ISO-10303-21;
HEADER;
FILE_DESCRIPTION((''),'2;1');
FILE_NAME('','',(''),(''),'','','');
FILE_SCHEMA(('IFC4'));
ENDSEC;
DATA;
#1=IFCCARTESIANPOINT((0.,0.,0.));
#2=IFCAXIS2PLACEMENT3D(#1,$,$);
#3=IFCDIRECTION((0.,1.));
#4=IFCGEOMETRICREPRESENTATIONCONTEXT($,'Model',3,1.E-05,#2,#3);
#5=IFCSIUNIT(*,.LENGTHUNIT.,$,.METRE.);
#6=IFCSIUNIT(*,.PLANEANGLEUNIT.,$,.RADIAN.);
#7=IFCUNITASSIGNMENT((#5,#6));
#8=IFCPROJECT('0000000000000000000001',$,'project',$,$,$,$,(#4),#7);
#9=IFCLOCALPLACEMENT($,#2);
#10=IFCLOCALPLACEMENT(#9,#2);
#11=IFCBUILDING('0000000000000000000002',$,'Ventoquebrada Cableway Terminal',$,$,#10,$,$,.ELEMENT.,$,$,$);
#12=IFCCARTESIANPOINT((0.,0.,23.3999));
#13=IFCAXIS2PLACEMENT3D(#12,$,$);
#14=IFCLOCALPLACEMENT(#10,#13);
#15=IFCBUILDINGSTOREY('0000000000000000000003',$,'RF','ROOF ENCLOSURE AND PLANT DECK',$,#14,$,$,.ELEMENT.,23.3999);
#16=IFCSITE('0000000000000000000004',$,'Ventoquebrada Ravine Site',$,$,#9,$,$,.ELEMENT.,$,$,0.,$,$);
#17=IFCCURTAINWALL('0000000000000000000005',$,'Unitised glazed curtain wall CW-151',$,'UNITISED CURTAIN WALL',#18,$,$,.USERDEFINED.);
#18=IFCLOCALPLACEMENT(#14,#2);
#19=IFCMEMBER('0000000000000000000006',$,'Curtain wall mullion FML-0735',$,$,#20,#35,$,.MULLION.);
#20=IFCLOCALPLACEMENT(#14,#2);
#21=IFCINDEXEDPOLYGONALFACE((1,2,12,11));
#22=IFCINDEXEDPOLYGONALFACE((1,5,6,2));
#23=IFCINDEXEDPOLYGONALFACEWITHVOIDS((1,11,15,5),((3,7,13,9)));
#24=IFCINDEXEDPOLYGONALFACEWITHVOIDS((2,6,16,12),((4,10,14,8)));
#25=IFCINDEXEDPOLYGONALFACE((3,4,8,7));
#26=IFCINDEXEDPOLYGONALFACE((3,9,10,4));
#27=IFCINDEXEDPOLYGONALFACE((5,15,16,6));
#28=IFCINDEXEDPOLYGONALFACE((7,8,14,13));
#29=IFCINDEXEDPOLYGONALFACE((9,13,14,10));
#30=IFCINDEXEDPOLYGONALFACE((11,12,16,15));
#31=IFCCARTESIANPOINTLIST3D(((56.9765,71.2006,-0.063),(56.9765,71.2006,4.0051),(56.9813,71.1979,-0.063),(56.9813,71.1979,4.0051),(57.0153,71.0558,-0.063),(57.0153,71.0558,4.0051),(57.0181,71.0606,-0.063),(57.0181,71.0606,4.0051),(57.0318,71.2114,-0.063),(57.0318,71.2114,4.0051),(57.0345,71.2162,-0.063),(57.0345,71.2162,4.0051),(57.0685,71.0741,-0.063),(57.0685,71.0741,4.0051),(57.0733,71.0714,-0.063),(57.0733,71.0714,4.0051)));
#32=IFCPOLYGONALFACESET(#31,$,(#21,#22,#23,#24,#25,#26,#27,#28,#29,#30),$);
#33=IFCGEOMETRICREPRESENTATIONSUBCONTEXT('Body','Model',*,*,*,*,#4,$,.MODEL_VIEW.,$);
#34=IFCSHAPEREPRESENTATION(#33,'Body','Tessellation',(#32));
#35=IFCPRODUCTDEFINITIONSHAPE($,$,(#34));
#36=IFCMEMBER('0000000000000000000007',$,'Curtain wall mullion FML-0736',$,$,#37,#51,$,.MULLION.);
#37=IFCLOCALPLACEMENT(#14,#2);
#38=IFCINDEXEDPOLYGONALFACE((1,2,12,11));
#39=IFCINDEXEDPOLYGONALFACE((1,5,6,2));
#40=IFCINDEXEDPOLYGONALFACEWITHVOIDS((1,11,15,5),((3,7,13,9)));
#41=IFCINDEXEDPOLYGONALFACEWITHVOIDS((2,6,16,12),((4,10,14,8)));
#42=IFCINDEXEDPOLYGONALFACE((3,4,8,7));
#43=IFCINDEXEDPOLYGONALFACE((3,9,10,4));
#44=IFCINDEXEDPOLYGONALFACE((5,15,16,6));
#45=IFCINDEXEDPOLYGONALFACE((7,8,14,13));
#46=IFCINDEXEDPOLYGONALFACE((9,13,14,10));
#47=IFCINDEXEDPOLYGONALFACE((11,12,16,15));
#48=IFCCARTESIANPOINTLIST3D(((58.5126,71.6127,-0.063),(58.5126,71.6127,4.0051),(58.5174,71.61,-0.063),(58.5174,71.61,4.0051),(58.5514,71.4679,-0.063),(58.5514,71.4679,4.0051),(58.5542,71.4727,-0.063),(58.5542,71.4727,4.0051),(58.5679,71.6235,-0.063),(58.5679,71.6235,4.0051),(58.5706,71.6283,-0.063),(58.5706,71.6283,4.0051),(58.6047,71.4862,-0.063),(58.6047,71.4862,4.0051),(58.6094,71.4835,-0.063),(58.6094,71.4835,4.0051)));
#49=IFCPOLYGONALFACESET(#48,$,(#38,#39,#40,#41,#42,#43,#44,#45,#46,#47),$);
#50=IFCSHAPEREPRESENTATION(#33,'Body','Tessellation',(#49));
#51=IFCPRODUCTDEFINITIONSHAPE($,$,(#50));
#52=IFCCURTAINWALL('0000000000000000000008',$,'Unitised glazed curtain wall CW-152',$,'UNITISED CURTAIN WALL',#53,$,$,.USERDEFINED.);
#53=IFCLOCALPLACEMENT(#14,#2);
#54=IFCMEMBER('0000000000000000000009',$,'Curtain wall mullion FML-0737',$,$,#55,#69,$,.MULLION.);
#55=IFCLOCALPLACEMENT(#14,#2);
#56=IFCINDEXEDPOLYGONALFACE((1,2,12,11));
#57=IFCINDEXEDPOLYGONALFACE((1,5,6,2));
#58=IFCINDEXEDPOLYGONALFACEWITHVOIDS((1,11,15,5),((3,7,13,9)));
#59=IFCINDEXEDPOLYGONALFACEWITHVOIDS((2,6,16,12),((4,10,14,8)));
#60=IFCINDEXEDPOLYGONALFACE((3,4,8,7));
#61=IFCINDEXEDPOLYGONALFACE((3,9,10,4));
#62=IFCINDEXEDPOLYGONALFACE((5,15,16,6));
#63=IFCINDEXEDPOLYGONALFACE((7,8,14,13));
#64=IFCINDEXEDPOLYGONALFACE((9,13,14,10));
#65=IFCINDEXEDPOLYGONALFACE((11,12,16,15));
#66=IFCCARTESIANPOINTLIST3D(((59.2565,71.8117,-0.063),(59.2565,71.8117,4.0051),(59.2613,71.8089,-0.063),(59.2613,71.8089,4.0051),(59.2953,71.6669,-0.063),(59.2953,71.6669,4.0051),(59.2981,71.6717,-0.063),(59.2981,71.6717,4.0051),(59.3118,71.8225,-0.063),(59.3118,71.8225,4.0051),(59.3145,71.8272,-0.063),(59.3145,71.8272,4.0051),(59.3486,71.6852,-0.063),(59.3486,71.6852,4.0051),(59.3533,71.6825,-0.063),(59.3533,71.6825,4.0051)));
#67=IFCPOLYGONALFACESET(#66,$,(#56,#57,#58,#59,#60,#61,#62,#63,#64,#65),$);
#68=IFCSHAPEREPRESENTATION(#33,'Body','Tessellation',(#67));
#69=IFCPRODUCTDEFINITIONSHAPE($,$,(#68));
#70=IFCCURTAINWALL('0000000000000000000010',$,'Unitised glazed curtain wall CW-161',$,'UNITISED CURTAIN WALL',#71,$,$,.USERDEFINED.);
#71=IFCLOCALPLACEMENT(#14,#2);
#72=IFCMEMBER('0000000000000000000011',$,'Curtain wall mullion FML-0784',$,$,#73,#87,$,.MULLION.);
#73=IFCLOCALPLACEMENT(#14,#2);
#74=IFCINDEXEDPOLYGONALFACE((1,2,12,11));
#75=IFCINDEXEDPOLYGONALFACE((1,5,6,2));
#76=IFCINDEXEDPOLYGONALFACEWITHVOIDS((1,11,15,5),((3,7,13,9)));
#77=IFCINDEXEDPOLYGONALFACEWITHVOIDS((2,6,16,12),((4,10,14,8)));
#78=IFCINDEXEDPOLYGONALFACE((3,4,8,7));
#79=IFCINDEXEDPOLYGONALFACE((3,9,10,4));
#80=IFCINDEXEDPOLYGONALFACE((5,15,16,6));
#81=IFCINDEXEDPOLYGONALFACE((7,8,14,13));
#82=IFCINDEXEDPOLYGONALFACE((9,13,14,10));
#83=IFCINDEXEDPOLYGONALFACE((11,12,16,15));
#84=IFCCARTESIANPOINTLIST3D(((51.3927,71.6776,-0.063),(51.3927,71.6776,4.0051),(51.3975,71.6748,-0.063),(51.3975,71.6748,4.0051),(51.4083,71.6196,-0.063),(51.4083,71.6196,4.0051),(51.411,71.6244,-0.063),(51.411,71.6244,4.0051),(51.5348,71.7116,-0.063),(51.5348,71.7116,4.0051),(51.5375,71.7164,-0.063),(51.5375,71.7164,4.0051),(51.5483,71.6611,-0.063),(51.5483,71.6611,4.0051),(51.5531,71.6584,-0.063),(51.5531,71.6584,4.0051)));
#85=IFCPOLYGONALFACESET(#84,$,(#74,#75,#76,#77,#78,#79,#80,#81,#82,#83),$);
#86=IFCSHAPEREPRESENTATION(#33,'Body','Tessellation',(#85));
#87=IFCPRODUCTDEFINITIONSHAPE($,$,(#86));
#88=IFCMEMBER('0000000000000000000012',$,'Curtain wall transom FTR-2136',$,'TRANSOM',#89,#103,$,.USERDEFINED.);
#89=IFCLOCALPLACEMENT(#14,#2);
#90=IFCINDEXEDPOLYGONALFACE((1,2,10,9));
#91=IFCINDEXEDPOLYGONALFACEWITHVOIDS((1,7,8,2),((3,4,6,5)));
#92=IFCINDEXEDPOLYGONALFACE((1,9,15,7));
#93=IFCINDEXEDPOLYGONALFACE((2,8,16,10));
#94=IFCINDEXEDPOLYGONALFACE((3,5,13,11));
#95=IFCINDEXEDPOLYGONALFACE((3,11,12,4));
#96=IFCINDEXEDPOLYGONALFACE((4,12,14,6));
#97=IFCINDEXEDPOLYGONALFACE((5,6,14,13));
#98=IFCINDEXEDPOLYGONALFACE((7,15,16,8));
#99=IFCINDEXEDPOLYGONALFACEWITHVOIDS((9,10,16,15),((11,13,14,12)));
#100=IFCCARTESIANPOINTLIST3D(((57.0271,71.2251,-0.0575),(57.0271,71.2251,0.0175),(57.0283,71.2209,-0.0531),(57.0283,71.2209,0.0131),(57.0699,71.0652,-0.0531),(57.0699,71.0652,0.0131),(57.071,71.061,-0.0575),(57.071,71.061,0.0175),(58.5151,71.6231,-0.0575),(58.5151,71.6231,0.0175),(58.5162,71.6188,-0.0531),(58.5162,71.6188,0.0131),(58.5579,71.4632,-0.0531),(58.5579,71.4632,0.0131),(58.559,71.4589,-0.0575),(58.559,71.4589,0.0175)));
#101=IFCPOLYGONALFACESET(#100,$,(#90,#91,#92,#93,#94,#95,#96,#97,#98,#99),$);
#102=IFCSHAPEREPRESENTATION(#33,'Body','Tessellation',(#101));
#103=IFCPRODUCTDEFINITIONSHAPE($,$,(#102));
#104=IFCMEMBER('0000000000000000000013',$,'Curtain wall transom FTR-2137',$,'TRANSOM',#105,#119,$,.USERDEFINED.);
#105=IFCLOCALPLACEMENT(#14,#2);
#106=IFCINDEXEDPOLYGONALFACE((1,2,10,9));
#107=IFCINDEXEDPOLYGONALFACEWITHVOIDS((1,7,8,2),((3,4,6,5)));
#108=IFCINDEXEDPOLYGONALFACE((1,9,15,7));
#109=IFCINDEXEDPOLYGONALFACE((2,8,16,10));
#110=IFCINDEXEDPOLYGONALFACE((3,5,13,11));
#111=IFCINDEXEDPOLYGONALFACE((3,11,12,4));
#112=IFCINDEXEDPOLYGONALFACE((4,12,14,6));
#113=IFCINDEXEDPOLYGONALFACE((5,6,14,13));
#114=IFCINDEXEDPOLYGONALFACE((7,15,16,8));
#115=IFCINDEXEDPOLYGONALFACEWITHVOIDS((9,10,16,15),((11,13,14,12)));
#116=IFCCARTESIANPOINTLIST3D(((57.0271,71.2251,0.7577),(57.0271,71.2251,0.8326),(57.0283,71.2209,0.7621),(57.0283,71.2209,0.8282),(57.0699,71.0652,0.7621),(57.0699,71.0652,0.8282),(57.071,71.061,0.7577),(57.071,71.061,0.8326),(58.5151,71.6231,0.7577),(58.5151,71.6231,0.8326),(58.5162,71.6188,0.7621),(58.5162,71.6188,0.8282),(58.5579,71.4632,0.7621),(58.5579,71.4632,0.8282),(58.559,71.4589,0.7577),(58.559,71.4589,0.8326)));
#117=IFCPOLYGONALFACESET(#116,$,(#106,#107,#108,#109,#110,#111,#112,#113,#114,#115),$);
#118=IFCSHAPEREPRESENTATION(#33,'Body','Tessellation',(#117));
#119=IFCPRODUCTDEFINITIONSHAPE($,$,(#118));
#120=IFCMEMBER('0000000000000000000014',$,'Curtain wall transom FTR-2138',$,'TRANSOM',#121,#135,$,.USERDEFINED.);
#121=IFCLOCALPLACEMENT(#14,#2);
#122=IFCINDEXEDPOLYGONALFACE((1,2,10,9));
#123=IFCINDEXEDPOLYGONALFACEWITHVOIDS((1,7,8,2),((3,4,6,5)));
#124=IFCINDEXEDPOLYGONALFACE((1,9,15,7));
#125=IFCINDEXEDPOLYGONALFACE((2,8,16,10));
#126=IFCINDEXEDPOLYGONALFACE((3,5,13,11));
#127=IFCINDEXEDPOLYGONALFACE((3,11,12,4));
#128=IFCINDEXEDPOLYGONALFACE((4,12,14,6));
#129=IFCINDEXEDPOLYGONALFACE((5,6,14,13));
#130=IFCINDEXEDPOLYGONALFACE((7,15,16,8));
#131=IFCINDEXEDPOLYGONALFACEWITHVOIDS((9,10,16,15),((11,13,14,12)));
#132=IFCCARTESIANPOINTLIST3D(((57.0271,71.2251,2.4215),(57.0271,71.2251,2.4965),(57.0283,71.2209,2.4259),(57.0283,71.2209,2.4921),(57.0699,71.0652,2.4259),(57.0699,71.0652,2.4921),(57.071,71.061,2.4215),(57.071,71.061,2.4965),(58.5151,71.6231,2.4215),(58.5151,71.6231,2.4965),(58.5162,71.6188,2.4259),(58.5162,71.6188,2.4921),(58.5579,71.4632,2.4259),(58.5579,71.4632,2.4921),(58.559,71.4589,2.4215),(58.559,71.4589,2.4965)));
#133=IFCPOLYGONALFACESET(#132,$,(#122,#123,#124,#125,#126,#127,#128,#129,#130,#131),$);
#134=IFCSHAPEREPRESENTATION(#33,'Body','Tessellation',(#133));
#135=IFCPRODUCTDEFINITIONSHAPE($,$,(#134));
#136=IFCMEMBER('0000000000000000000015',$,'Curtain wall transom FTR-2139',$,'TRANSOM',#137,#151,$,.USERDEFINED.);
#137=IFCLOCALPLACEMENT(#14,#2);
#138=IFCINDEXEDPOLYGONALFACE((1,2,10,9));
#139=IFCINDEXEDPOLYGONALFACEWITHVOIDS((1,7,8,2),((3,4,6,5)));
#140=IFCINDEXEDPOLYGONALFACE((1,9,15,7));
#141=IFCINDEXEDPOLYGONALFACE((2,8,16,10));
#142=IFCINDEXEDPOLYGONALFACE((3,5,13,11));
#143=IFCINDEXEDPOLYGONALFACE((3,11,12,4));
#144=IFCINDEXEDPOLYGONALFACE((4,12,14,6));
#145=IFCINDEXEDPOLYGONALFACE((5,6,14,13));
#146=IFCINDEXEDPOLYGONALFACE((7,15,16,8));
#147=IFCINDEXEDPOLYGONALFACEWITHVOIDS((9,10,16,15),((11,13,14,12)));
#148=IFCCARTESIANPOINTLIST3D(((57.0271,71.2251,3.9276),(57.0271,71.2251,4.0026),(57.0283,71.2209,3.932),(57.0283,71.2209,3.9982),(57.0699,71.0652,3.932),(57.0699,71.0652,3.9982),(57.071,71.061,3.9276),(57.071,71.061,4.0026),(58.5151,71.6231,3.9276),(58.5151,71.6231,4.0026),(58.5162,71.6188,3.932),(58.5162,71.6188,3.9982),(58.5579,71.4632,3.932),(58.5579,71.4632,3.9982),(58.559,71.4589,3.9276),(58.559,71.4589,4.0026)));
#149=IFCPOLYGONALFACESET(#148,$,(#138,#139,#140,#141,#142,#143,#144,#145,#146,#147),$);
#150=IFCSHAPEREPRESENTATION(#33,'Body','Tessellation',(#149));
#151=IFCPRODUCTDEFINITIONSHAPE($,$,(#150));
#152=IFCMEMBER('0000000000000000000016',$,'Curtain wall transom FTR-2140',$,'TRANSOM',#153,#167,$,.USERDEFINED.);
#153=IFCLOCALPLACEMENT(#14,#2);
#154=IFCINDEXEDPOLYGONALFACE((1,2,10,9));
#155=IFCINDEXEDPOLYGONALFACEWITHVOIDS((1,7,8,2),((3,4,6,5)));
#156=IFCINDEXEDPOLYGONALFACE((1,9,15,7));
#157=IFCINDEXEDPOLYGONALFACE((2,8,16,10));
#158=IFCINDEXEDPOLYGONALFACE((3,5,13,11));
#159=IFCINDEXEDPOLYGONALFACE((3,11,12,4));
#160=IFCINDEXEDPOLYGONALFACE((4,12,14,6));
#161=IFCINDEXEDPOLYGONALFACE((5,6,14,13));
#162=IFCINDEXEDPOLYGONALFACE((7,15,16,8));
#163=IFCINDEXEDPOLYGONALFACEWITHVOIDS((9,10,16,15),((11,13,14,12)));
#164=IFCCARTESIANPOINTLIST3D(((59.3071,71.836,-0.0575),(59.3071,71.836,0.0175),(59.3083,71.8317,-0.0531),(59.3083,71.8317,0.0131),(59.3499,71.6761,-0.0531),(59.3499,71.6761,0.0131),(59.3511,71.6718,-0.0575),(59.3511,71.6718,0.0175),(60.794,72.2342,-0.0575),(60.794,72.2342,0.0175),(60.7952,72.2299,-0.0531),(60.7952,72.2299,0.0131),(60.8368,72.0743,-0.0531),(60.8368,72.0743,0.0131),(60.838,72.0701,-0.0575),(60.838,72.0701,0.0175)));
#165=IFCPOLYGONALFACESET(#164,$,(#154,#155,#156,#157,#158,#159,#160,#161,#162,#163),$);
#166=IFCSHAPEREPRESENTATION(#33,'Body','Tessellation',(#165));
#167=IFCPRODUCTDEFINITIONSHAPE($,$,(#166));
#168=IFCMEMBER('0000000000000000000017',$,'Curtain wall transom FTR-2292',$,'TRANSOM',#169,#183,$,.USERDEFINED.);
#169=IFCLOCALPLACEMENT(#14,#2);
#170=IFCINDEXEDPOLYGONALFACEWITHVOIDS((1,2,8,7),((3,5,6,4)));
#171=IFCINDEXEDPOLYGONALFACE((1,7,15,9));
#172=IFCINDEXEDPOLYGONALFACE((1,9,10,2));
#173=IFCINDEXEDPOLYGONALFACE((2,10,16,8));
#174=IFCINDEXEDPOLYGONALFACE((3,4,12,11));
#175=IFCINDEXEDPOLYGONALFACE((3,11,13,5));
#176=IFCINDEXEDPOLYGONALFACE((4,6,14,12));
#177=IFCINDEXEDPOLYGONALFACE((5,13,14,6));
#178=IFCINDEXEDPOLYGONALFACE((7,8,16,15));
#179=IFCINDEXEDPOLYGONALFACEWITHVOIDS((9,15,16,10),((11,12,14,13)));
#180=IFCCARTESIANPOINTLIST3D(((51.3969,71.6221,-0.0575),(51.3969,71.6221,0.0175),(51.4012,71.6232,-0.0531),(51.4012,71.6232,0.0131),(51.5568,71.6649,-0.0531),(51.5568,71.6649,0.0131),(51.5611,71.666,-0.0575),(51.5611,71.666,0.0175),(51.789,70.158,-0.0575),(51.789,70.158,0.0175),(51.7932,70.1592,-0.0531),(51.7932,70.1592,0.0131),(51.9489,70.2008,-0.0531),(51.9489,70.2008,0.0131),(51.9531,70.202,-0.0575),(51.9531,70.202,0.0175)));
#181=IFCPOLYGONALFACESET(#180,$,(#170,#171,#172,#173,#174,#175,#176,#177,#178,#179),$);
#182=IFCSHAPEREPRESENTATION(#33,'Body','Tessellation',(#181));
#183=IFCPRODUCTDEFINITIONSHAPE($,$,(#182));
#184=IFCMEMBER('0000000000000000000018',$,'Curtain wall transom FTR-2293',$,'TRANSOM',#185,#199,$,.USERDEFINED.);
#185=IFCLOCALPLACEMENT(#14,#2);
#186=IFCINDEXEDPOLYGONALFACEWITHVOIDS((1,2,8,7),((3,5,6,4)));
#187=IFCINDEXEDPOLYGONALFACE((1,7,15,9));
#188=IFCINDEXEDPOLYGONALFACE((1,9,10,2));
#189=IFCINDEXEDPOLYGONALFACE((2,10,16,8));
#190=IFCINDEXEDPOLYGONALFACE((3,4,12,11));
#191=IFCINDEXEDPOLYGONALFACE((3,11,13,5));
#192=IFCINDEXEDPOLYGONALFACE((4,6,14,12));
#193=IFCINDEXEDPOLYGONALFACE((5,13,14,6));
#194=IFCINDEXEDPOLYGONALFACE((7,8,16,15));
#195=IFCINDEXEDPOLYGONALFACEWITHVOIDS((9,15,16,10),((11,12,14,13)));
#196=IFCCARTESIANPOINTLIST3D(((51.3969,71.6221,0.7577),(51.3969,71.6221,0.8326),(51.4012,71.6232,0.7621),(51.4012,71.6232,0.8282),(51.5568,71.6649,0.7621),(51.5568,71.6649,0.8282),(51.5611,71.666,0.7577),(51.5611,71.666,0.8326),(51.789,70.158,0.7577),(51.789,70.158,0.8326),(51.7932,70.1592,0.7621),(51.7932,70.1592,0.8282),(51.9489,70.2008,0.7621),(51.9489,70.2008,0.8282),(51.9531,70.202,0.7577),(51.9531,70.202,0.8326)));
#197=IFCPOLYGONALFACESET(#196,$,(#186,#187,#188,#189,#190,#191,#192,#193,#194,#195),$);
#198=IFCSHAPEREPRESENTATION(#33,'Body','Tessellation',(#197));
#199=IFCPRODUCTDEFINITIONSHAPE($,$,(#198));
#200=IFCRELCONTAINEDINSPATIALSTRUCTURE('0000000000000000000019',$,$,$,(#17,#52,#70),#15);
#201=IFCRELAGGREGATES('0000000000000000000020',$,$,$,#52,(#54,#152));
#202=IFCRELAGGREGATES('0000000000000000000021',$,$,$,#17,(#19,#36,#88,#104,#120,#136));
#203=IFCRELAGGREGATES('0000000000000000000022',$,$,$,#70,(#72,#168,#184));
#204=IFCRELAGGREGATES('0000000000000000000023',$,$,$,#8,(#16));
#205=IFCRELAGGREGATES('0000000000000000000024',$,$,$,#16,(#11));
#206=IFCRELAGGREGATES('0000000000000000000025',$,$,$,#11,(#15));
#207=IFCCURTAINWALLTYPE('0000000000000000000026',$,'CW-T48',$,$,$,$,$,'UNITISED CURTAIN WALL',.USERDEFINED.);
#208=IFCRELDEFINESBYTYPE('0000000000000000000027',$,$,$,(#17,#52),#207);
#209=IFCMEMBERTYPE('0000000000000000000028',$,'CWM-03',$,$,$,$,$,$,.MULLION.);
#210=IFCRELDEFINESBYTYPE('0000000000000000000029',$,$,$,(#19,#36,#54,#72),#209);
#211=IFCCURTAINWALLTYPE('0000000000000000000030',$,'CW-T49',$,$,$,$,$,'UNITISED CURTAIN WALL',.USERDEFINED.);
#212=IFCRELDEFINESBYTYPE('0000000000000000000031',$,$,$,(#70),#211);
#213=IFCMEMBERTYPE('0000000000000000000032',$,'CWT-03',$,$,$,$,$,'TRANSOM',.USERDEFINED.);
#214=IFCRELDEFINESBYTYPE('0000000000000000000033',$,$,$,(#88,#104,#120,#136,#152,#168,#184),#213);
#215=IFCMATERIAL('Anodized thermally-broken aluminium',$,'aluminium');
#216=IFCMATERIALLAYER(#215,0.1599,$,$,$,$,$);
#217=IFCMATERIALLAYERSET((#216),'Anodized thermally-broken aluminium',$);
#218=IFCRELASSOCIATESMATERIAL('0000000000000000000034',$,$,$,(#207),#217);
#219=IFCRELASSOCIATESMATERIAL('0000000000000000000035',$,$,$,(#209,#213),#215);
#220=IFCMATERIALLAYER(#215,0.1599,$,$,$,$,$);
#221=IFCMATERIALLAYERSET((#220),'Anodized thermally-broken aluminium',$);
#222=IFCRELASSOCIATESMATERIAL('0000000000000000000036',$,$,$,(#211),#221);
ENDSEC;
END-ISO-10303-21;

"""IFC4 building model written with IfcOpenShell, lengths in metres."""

from ifc_helpers import new_model, si_unit, direction, frame, origin, origin_2d, place, context, subcontext, project, spatial, hollow_rectangle, extrude, material, layer, layer_set, material_profile, profile_set, type_object, element, aggregate, save


model = new_model("IFC4")

# Units and contexts
model_context = context("Model", 3, precision=1e-05, world=origin(), true_north=direction((0.0, 1.0)))
body_context = subcontext(model_context, "Body", "Model", "MODEL_VIEW")
ifc_project = project(units=[si_unit("LENGTHUNIT", "METRE"), si_unit("PLANEANGLEUNIT", "RADIAN")], contexts=[model_context])

# Site, building, storey
site_placement = place(None, origin())
site = spatial("IfcSite", under=ifc_project, at=site_placement, Name="Ventoquebrada Ravine Site", CompositionType="ELEMENT", RefElevation=0.0)
building_placement = place(site_placement, origin())
building = spatial("IfcBuilding", under=site, at=building_placement, Name="Ventoquebrada Cableway Terminal", CompositionType="ELEMENT")
storey_placement = place(building_placement, frame((0.0, 0.0, 23.3999)))
storey = spatial("IfcBuildingStorey", under=building, at=storey_placement, Name="RF", Description="ROOF ENCLOSURE AND PLANT DECK", CompositionType="ELEMENT", Elevation=23.3999)

# Curtain wall, members
ifc_material_1 = material(Name="Anodized thermally-broken aluminium", Category="aluminium")
ifc_layer_1 = layer(ifc_material_1, 0.1599)
ifc_layer_set_1 = layer_set([ifc_layer_1], Name="Anodized thermally-broken aluminium")
curtain_wall_type_1 = type_object("IfcCurtainWallType", Name="CW-T48", ElementType="UNITISED CURTAIN WALL", PredefinedType="USERDEFINED", material=ifc_layer_set_1)
curtain_wall_1_placement = place(storey_placement, origin())
curtain_wall_1 = element("IfcCurtainWall", 1, at=curtain_wall_1_placement, inside=storey, type_object=curtain_wall_type_1, Name="Unitised glazed curtain wall CW-151", ObjectType="UNITISED CURTAIN WALL", PredefinedType="USERDEFINED")
ifc_material_profile_1 = material_profile(ifc_material_1, hollow_rectangle(XDim=0.0601, YDim=0.1499, WallThickness=0.0039, at=origin_2d()), Name="CW-MUL-60X150")
ifc_profile_set_1 = profile_set([ifc_material_profile_1], Name="Anodized thermally-broken aluminium")
member_type_1 = type_object("IfcMemberType", Name="CWM-03", PredefinedType="MULLION", material=ifc_profile_set_1)
member_1_placement = place(storey_placement, frame((57.0249, 71.136, -0.063), z_axis=(0.0, 0.0, 1.0), x_axis=(0.965944, 0.258752, 0.0)))
member_1 = element("IfcMember", 2, at=member_1_placement, type_object=member_type_1, Name="Curtain wall mullion FML-0735", PredefinedType="MULLION", context=body_context, shape_type="SweptSolid", body=[
    extrude(hollow_rectangle(XDim=0.0601, YDim=0.1499, WallThickness=0.0039, at=origin_2d()), origin(), (0.0, 0.0, 1.0), 4.0681),
])
member_2_placement = place(storey_placement, frame((58.561, 71.5481, -0.063), z_axis=(0.0, 0.0, 1.0), x_axis=(0.965944, 0.258752, 0.0)))
member_2 = element("IfcMember", 3, at=member_2_placement, type_object=member_type_1, Name="Curtain wall mullion FML-0736", PredefinedType="MULLION", context=body_context, shape_type="SweptSolid", body=[
    extrude(hollow_rectangle(XDim=0.0601, YDim=0.1499, WallThickness=0.0039, at=origin_2d()), origin(), (0.0, 0.0, 1.0), 4.0681),
])

# Curtain walls, members
curtain_wall_2_placement = place(storey_placement, origin())
curtain_wall_2 = element("IfcCurtainWall", 4, at=curtain_wall_2_placement, inside=storey, type_object=curtain_wall_type_1, Name="Unitised glazed curtain wall CW-152", ObjectType="UNITISED CURTAIN WALL", PredefinedType="USERDEFINED")
member_3_placement = place(storey_placement, frame((59.3049, 71.7471, -0.063), z_axis=(0.0, 0.0, 1.0), x_axis=(0.965894, 0.258937, 0.0)))
member_3 = element("IfcMember", 5, at=member_3_placement, type_object=member_type_1, Name="Curtain wall mullion FML-0737", PredefinedType="MULLION", context=body_context, shape_type="SweptSolid", body=[
    extrude(hollow_rectangle(XDim=0.0601, YDim=0.1499, WallThickness=0.0039, at=origin_2d()), origin(), (0.0, 0.0, 1.0), 4.0681),
])
ifc_layer_2 = layer(ifc_material_1, 0.1599)
ifc_layer_set_2 = layer_set([ifc_layer_2], Name="Anodized thermally-broken aluminium")
curtain_wall_type_2 = type_object("IfcCurtainWallType", Name="CW-T49", ElementType="UNITISED CURTAIN WALL", PredefinedType="USERDEFINED", material=ifc_layer_set_2)
curtain_wall_3_placement = place(storey_placement, origin())
curtain_wall_3 = element("IfcCurtainWall", 6, at=curtain_wall_3_placement, inside=storey, type_object=curtain_wall_type_2, Name="Unitised glazed curtain wall CW-161", ObjectType="UNITISED CURTAIN WALL", PredefinedType="USERDEFINED")
member_4_placement = place(storey_placement, frame((51.4729, 71.668, -0.063), z_axis=(0.0, 0.0, 1.0), x_axis=(0.258718, -0.965953, 0.0)))
member_4 = element("IfcMember", 7, at=member_4_placement, type_object=member_type_1, Name="Curtain wall mullion FML-0784", PredefinedType="MULLION", context=body_context, shape_type="SweptSolid", body=[
    extrude(hollow_rectangle(XDim=0.0601, YDim=0.1499, WallThickness=0.0039, at=origin_2d()), origin(), (0.0, 0.0, 1.0), 4.0681),
])

# Members
ifc_material_profile_2 = material_profile(ifc_material_1, hollow_rectangle(XDim=0.075, YDim=0.1699, WallThickness=0.0044, at=origin_2d()), Name="CW-TRN-75X170")
ifc_profile_set_2 = profile_set([ifc_material_profile_2], Name="Anodized thermally-broken aluminium")
member_type_2 = type_object("IfcMemberType", Name="CWT-03", ElementType="TRANSOM", PredefinedType="USERDEFINED", material=ifc_profile_set_2)
member_5_placement = place(storey_placement, frame((57.0491, 71.1431, -0.02), z_axis=(0.966051, 0.258353, 0.0), x_axis=(0.0, 0.0, 1.0)))
member_5 = element("IfcMember", 8, at=member_5_placement, type_object=member_type_2, Name="Curtain wall transom FTR-2136", ObjectType="TRANSOM", PredefinedType="USERDEFINED", context=body_context, shape_type="SweptSolid", body=[
    extrude(hollow_rectangle(XDim=0.075, YDim=0.1699, WallThickness=0.0044, at=origin_2d()), origin(), (0.0, 0.0, 1.0), 1.5403),
])
member_6_placement = place(storey_placement, frame((57.0491, 71.1431, 0.7952), z_axis=(0.966051, 0.258353, 0.0), x_axis=(0.0, 0.0, 1.0)))
member_6 = element("IfcMember", 9, at=member_6_placement, type_object=member_type_2, Name="Curtain wall transom FTR-2137", ObjectType="TRANSOM", PredefinedType="USERDEFINED", context=body_context, shape_type="SweptSolid", body=[
    extrude(hollow_rectangle(XDim=0.075, YDim=0.1699, WallThickness=0.0044, at=origin_2d()), origin(), (0.0, 0.0, 1.0), 1.5403),
])
member_7_placement = place(storey_placement, frame((57.0491, 71.1431, 2.459), z_axis=(0.966051, 0.258353, 0.0), x_axis=(0.0, 0.0, 1.0)))
member_7 = element("IfcMember", 10, at=member_7_placement, type_object=member_type_2, Name="Curtain wall transom FTR-2138", ObjectType="TRANSOM", PredefinedType="USERDEFINED", context=body_context, shape_type="SweptSolid", body=[
    extrude(hollow_rectangle(XDim=0.075, YDim=0.1699, WallThickness=0.0044, at=origin_2d()), origin(), (0.0, 0.0, 1.0), 1.5403),
])
member_8_placement = place(storey_placement, frame((57.0491, 71.1431, 3.9651), z_axis=(0.966051, 0.258353, 0.0), x_axis=(0.0, 0.0, 1.0)))
member_8 = element("IfcMember", 11, at=member_8_placement, type_object=member_type_2, Name="Curtain wall transom FTR-2139", ObjectType="TRANSOM", PredefinedType="USERDEFINED", context=body_context, shape_type="SweptSolid", body=[
    extrude(hollow_rectangle(XDim=0.075, YDim=0.1699, WallThickness=0.0044, at=origin_2d()), origin(), (0.0, 0.0, 1.0), 1.5403),
])
member_9_placement = place(storey_placement, frame((59.3291, 71.7539, -0.02), z_axis=(0.965958, 0.258699, 0.0), x_axis=(0.0, 0.0, 1.0)))
member_9 = element("IfcMember", 12, at=member_9_placement, type_object=member_type_2, Name="Curtain wall transom FTR-2140", ObjectType="TRANSOM", PredefinedType="USERDEFINED", context=body_context, shape_type="SweptSolid", body=[
    extrude(hollow_rectangle(XDim=0.075, YDim=0.1699, WallThickness=0.0044, at=origin_2d()), origin(), (0.0, 0.0, 1.0), 1.5393),
])
aggregate(curtain_wall_2, [member_3, member_9])
member_10_placement = place(storey_placement, frame((51.479, 71.644, -0.02), z_axis=(0.258685, -0.965962, 0.0), x_axis=(0.0, 0.0, 1.0)))
member_10 = element("IfcMember", 13, at=member_10_placement, type_object=member_type_2, Name="Curtain wall transom FTR-2292", ObjectType="TRANSOM", PredefinedType="USERDEFINED", context=body_context, shape_type="SweptSolid", body=[
    extrude(hollow_rectangle(XDim=0.075, YDim=0.1699, WallThickness=0.0044, at=origin_2d()), origin(), (0.0, 0.0, 1.0), 1.5156),
])
member_11_placement = place(storey_placement, frame((51.479, 71.644, 0.7952), z_axis=(0.258685, -0.965962, 0.0), x_axis=(0.0, 0.0, 1.0)))
member_11 = element("IfcMember", 14, at=member_11_placement, type_object=member_type_2, Name="Curtain wall transom FTR-2293", ObjectType="TRANSOM", PredefinedType="USERDEFINED", context=body_context, shape_type="SweptSolid", body=[
    extrude(hollow_rectangle(XDim=0.075, YDim=0.1699, WallThickness=0.0044, at=origin_2d()), origin(), (0.0, 0.0, 1.0), 1.5156),
])

aggregate(curtain_wall_1, [member_1, member_2, member_5, member_6, member_7, member_8])
aggregate(curtain_wall_3, [member_4, member_10, member_11])

save(model, "model.ifc")
